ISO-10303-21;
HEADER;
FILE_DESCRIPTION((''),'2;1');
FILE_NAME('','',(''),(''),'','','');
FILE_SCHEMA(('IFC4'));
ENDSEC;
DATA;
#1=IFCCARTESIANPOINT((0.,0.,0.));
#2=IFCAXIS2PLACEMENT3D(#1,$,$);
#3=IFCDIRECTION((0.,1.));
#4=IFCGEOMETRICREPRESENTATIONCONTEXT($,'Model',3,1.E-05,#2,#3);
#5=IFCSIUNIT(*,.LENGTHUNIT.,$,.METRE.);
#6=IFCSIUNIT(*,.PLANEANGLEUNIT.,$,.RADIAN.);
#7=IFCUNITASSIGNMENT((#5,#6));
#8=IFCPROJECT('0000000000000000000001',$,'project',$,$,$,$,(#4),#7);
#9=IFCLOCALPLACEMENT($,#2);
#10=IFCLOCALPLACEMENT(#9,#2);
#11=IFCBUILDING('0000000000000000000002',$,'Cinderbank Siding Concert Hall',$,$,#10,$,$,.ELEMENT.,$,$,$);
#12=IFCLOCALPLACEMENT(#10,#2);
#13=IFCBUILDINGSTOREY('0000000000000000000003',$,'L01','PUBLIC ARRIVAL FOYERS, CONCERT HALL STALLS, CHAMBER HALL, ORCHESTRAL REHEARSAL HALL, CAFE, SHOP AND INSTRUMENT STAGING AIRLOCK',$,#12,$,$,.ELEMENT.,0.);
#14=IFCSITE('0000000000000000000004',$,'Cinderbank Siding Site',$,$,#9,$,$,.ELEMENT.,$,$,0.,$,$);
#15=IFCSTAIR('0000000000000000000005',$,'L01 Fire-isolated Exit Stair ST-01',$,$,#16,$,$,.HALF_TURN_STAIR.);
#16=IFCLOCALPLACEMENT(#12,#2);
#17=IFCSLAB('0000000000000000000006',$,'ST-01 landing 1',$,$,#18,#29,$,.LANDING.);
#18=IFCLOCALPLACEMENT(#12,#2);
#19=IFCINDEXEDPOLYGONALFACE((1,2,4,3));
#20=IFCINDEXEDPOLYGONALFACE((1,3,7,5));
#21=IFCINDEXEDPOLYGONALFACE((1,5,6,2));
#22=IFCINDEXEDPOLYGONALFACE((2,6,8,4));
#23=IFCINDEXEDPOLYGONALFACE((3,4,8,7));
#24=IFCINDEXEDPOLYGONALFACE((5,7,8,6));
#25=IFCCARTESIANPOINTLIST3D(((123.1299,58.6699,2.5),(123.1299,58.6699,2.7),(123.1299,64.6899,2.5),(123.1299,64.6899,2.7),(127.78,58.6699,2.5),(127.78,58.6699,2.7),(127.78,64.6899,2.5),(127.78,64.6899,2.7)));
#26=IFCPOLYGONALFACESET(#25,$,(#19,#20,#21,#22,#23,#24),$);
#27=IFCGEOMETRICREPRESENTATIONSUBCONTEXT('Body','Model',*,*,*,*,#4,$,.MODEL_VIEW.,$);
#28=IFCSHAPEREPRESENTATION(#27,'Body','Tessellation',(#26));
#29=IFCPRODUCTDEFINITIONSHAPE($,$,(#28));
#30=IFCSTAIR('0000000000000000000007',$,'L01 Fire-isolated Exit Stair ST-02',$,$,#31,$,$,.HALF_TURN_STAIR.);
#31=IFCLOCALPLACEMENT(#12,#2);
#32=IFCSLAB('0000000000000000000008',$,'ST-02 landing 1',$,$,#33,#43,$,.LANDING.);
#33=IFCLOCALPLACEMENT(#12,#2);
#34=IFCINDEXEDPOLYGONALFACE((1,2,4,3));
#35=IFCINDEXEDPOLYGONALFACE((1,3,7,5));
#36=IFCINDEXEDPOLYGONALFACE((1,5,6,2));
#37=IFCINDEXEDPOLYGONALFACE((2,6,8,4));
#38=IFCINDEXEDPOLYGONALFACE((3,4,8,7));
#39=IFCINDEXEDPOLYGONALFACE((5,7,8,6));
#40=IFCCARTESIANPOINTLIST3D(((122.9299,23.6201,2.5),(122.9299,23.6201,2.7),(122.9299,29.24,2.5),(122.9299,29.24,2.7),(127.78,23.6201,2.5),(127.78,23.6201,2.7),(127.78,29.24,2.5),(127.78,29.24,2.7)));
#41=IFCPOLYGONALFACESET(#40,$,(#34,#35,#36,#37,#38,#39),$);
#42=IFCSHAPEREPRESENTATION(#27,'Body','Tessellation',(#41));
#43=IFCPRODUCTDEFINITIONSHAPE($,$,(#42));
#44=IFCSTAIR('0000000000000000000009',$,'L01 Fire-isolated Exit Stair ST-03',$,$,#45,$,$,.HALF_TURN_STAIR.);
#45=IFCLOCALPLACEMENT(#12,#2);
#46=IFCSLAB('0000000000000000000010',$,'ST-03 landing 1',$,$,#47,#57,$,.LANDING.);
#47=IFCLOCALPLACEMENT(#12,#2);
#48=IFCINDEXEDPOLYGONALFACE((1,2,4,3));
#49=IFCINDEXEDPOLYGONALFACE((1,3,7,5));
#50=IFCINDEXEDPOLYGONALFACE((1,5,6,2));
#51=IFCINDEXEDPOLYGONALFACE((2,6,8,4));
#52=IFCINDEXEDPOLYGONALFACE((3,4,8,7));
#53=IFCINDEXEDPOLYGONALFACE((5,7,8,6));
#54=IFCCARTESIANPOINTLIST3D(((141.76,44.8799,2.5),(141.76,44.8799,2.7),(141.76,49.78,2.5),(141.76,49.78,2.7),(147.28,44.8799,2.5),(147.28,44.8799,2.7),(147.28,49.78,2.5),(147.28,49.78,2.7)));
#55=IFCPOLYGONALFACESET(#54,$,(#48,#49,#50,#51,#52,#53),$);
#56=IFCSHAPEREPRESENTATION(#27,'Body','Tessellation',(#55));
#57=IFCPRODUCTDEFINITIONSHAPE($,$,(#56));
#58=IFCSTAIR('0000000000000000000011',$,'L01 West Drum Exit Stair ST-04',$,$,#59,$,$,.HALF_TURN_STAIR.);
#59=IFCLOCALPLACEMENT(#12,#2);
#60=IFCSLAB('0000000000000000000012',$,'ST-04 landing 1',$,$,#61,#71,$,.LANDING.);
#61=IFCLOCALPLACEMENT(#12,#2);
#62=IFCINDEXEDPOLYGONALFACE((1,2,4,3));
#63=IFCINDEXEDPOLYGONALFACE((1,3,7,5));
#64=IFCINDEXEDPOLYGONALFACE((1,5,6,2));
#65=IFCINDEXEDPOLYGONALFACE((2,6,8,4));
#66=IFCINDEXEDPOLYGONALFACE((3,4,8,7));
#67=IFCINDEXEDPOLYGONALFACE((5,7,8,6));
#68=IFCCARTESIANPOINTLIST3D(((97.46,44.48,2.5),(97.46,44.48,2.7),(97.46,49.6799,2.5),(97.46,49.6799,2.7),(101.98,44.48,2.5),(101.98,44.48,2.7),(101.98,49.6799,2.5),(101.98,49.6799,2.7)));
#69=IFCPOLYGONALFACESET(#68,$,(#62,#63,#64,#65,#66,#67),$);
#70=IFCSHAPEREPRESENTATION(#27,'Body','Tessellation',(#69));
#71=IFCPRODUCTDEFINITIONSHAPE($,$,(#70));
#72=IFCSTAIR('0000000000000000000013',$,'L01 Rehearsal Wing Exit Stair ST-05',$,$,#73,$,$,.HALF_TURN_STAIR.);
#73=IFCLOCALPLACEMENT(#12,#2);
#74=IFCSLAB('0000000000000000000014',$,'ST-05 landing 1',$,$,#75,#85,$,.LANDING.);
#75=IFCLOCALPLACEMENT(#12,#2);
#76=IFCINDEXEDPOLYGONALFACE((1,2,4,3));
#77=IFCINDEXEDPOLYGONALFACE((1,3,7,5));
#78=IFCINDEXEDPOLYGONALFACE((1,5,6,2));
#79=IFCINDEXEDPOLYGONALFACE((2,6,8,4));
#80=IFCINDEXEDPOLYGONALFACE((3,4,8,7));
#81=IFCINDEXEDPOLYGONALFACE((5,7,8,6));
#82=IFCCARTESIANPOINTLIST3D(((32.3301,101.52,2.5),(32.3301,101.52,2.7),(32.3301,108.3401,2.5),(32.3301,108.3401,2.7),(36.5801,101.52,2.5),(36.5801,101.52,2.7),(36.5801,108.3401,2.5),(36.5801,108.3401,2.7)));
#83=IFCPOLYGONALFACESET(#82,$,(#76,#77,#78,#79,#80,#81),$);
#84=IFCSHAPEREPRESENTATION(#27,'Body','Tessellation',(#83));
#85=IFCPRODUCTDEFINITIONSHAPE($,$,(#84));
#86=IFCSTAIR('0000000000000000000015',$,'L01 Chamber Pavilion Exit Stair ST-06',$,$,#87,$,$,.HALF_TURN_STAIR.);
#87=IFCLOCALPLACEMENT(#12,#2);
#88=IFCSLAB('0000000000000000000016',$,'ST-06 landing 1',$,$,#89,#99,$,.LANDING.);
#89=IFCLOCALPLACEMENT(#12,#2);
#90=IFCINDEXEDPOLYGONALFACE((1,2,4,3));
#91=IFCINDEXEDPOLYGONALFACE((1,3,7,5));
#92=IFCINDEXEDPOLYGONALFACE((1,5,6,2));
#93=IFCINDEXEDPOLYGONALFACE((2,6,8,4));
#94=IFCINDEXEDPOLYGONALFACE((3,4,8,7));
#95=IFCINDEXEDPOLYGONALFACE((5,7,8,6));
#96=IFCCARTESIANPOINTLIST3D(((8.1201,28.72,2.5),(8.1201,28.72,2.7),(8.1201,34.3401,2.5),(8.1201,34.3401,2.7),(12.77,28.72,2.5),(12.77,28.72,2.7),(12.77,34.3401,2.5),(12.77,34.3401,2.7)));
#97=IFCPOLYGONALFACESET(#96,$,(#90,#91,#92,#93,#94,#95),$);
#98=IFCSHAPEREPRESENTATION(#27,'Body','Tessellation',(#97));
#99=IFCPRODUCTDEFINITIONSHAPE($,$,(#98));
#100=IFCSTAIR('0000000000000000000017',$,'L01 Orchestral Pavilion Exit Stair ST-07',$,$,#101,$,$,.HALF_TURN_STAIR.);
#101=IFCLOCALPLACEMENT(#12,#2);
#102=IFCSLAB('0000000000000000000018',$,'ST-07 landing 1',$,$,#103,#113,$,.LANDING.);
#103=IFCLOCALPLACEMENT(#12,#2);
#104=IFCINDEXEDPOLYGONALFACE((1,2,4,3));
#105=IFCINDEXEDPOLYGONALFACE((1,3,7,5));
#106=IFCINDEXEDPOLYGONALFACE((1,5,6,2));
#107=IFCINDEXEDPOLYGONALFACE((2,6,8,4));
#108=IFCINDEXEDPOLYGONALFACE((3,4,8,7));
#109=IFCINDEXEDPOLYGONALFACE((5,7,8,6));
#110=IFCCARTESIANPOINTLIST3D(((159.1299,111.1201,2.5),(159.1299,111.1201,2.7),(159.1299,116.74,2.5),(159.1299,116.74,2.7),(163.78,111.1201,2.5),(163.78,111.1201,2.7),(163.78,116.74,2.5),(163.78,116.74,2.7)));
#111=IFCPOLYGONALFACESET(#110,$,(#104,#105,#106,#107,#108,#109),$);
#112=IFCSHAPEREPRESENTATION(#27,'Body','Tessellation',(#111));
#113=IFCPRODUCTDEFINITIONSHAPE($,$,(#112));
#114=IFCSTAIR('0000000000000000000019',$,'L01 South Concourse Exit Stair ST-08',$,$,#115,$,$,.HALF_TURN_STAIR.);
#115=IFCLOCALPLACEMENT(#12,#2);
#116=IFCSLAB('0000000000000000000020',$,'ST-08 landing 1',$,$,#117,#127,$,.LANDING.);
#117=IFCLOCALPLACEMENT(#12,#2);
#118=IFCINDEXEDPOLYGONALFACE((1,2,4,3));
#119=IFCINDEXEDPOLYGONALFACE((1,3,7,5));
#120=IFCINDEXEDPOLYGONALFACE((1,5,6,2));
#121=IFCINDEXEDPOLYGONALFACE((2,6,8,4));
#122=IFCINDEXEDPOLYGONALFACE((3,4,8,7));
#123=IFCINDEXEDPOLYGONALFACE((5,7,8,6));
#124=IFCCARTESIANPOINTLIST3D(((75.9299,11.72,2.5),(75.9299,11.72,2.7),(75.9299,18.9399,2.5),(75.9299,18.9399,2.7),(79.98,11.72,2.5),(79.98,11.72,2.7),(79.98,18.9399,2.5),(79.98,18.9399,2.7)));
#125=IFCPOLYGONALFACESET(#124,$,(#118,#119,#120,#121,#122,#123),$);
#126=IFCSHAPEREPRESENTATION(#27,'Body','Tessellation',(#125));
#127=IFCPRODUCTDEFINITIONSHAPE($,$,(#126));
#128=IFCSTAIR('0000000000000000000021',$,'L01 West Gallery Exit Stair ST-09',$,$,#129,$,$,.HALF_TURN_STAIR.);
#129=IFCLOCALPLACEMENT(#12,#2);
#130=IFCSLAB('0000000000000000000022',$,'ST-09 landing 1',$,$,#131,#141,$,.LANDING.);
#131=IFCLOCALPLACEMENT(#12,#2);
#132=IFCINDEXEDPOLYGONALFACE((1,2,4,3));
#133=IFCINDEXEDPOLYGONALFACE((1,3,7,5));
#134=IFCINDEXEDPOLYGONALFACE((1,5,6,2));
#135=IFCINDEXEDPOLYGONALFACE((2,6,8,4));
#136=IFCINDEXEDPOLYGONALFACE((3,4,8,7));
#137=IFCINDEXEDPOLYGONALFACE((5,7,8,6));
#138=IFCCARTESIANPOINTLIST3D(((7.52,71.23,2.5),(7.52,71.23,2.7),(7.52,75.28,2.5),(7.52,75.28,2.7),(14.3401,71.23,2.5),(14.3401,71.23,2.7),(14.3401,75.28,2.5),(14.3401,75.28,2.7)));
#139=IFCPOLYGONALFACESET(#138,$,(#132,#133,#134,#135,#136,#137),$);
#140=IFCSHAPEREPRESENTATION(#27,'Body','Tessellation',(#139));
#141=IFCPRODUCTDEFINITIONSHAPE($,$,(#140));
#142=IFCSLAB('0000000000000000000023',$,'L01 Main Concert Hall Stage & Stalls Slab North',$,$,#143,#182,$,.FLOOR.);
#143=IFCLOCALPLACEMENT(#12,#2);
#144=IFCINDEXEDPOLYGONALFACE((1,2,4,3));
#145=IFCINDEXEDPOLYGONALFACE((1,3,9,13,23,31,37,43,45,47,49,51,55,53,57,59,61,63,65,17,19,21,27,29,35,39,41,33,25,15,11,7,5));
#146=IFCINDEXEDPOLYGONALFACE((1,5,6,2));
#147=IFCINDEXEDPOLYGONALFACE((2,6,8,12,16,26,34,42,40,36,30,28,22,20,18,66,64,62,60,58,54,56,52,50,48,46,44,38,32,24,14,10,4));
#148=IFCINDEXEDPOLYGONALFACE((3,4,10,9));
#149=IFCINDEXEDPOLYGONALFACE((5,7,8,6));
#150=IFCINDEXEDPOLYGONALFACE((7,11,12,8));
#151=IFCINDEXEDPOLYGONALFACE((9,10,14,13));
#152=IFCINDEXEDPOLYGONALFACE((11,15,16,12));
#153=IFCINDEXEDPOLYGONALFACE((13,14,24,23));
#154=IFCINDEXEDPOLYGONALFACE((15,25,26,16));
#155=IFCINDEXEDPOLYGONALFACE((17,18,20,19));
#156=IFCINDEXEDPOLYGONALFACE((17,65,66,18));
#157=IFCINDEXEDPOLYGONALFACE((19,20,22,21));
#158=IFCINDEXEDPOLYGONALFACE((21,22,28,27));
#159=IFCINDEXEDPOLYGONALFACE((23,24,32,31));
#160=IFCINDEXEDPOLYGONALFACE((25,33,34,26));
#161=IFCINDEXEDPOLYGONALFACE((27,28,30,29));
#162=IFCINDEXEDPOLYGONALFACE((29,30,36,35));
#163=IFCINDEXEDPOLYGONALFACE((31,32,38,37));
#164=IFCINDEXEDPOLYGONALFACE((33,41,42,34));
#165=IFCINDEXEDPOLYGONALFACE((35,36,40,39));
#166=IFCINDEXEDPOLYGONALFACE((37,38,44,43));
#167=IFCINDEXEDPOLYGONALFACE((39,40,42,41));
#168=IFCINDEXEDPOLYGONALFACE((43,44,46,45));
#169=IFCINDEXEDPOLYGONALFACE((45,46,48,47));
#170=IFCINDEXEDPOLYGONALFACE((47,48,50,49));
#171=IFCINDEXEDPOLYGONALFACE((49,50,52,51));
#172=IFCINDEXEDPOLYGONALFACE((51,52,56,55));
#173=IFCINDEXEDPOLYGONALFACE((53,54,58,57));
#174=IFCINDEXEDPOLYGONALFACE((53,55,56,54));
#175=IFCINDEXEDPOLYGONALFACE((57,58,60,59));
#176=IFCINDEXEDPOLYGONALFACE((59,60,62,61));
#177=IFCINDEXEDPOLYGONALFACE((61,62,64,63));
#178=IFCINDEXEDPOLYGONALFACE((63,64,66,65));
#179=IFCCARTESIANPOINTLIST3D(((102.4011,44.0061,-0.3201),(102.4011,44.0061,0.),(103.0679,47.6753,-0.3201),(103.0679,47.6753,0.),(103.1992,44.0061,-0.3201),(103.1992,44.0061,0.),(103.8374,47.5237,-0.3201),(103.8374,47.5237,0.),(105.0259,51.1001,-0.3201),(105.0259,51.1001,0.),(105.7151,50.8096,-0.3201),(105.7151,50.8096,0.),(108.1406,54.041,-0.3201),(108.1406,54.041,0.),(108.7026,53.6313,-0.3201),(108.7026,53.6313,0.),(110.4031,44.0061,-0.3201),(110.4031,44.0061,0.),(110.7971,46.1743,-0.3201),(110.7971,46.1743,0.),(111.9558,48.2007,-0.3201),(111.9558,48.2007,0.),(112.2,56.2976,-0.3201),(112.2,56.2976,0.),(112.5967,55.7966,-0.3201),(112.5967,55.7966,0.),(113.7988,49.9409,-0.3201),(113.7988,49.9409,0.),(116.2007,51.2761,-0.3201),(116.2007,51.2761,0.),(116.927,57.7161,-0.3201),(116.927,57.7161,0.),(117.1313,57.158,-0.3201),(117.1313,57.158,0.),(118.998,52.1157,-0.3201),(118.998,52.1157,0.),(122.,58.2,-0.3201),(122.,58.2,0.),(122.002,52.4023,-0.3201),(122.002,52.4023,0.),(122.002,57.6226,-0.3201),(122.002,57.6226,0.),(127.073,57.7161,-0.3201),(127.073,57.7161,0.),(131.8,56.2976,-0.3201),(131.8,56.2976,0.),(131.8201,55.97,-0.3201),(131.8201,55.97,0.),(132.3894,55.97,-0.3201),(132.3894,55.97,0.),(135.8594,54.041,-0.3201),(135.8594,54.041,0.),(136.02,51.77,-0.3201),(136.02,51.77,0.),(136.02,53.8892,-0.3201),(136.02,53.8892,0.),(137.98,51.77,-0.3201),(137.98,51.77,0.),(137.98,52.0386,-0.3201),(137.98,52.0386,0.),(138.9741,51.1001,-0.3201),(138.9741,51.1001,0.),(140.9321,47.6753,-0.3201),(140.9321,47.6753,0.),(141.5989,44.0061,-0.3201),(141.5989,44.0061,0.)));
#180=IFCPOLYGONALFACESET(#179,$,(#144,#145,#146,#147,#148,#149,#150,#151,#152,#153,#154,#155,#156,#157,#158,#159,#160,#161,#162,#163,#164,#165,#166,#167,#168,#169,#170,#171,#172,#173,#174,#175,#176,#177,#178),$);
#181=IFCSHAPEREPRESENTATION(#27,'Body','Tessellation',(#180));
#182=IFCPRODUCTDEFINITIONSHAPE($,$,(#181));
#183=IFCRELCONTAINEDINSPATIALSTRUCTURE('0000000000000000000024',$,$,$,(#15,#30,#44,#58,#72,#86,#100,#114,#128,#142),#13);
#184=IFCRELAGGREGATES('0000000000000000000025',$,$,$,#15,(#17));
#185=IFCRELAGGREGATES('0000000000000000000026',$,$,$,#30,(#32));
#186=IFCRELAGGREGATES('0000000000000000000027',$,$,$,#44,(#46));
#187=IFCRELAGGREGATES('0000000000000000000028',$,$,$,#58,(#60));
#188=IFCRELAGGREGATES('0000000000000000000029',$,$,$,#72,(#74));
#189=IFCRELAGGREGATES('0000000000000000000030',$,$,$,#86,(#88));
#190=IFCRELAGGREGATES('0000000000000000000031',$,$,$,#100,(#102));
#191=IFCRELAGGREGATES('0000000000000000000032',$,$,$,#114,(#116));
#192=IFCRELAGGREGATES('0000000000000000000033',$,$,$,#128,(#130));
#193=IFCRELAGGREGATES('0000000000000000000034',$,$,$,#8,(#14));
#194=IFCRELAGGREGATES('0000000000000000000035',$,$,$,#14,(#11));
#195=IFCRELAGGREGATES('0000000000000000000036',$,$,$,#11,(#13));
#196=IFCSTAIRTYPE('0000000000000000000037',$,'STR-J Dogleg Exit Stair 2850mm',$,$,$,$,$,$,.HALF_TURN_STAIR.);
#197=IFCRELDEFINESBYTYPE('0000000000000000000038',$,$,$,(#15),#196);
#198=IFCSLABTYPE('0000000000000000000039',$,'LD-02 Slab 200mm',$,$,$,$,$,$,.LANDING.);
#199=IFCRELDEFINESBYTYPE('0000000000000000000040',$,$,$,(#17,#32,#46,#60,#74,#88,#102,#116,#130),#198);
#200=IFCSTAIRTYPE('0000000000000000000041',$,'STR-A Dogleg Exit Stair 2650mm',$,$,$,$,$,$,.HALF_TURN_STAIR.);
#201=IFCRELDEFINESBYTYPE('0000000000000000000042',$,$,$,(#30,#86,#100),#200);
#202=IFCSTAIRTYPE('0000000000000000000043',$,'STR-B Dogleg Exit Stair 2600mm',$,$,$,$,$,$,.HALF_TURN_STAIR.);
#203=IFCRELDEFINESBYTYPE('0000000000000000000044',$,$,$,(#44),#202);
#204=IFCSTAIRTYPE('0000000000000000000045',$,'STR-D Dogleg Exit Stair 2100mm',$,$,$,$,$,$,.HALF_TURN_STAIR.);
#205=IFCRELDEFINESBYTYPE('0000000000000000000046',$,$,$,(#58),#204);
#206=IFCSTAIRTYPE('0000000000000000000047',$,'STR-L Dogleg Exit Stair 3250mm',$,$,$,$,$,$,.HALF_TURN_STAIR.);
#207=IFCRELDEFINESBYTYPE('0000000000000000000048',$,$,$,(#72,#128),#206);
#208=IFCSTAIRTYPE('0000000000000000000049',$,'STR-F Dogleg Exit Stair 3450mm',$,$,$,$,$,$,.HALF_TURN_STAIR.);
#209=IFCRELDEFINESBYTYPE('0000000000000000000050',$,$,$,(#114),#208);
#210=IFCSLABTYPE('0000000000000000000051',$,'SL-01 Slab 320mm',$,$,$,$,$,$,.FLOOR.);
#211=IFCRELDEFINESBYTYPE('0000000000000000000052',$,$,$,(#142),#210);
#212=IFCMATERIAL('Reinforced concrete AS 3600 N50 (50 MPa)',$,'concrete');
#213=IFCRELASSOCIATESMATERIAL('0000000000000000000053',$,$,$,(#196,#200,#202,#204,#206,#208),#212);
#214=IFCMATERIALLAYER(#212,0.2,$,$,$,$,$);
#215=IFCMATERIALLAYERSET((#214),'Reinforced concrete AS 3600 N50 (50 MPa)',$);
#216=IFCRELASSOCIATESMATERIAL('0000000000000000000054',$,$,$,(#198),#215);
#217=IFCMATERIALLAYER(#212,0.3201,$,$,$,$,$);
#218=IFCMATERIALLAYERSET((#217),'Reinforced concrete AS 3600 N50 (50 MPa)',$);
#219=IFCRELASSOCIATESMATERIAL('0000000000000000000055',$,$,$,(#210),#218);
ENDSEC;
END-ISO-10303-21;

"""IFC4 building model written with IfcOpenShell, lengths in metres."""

from ifc_helpers import new_model, si_unit, direction, frame, origin, place, context, subcontext, project, spatial, polyline, outline, extrude, material, layer, layer_set, type_object, element, aggregate, save


model = new_model("IFC4")

# Units and contexts
model_context = context("Model", 3, precision=1e-05, world=origin(), true_north=direction((0.0, 1.0)))
body_context = subcontext(model_context, "Body", "Model", "MODEL_VIEW")
ifc_project = project(units=[si_unit("LENGTHUNIT", "METRE"), si_unit("PLANEANGLEUNIT", "RADIAN")], contexts=[model_context])

# Site, building, storey
site_placement = place(None, origin())
site = spatial("IfcSite", under=ifc_project, at=site_placement, Name="Cinderbank Siding Site", CompositionType="ELEMENT", RefElevation=0.0)
building_placement = place(site_placement, origin())
building = spatial("IfcBuilding", under=site, at=building_placement, Name="Cinderbank Siding Concert Hall", CompositionType="ELEMENT")
storey_placement = place(building_placement, origin())
storey = spatial("IfcBuildingStorey", under=building, at=storey_placement, Name="L01", Description="PUBLIC ARRIVAL FOYERS, CONCERT HALL STALLS, CHAMBER HALL, ORCHESTRAL REHEARSAL HALL, CAFE, SHOP AND INSTRUMENT STAGING AIRLOCK", CompositionType="ELEMENT", Elevation=0.0)

# Stairs, slabs
ifc_material = material(Name="Reinforced concrete AS 3600 N50 (50 MPa)", Category="concrete")
stair_type_1 = type_object("IfcStairType", Name="STR-J Dogleg Exit Stair 2850mm", PredefinedType="HALF_TURN_STAIR", material=ifc_material)
stair_1_placement = place(storey_placement, origin())
stair_1 = element("IfcStair", 1, at=stair_1_placement, inside=storey, type_object=stair_type_1, Name="L01 Fire-isolated Exit Stair ST-01", PredefinedType="HALF_TURN_STAIR")
ifc_layer_1 = layer(ifc_material, 0.2)
ifc_layer_set_1 = layer_set([ifc_layer_1], Name="Reinforced concrete AS 3600 N50 (50 MPa)")
slab_type_1 = type_object("IfcSlabType", Name="LD-02 Slab 200mm", PredefinedType="LANDING", material=ifc_layer_set_1)
slab_1_placement = place(storey_placement, frame((0.0, 0.0, 2.5)))
slab_1 = element("IfcSlab", 2, at=slab_1_placement, type_object=slab_type_1, Name="ST-01 landing 1", PredefinedType="LANDING", context=body_context, shape_type="SweptSolid", body=[
    extrude(outline(polyline([(123.1299, 58.6699), (123.1299, 64.6899), (127.78, 64.6899), (127.78, 58.6699), (123.1299, 58.6699)])), origin(), (0.0, 0.0, 1.0), 0.2),
])
aggregate(stair_1, [slab_1])
stair_type_2 = type_object("IfcStairType", Name="STR-A Dogleg Exit Stair 2650mm", PredefinedType="HALF_TURN_STAIR", material=ifc_material)
stair_2_placement = place(storey_placement, origin())
stair_2 = element("IfcStair", 3, at=stair_2_placement, inside=storey, type_object=stair_type_2, Name="L01 Fire-isolated Exit Stair ST-02", PredefinedType="HALF_TURN_STAIR")
slab_2_placement = place(storey_placement, frame((0.0, 0.0, 2.5)))
slab_2 = element("IfcSlab", 4, at=slab_2_placement, type_object=slab_type_1, Name="ST-02 landing 1", PredefinedType="LANDING", context=body_context, shape_type="SweptSolid", body=[
    extrude(outline(polyline([(122.9299, 23.6201), (122.9299, 29.24), (127.78, 29.24), (127.78, 23.6201), (122.9299, 23.6201)])), origin(), (0.0, 0.0, 1.0), 0.2),
])
aggregate(stair_2, [slab_2])
stair_type_3 = type_object("IfcStairType", Name="STR-B Dogleg Exit Stair 2600mm", PredefinedType="HALF_TURN_STAIR", material=ifc_material)
stair_3_placement = place(storey_placement, origin())
stair_3 = element("IfcStair", 5, at=stair_3_placement, inside=storey, type_object=stair_type_3, Name="L01 Fire-isolated Exit Stair ST-03", PredefinedType="HALF_TURN_STAIR")
slab_3_placement = place(storey_placement, frame((0.0, 0.0, 2.5)))
slab_3 = element("IfcSlab", 6, at=slab_3_placement, type_object=slab_type_1, Name="ST-03 landing 1", PredefinedType="LANDING", context=body_context, shape_type="SweptSolid", body=[
    extrude(outline(polyline([(147.28, 44.8799), (141.76, 44.8799), (141.76, 49.78), (147.28, 49.78), (147.28, 44.8799)])), origin(), (0.0, 0.0, 1.0), 0.2),
])
aggregate(stair_3, [slab_3])
stair_type_4 = type_object("IfcStairType", Name="STR-D Dogleg Exit Stair 2100mm", PredefinedType="HALF_TURN_STAIR", material=ifc_material)
stair_4_placement = place(storey_placement, origin())
stair_4 = element("IfcStair", 7, at=stair_4_placement, inside=storey, type_object=stair_type_4, Name="L01 West Drum Exit Stair ST-04", PredefinedType="HALF_TURN_STAIR")
slab_4_placement = place(storey_placement, frame((0.0, 0.0, 2.5)))
slab_4 = element("IfcSlab", 8, at=slab_4_placement, type_object=slab_type_1, Name="ST-04 landing 1", PredefinedType="LANDING", context=body_context, shape_type="SweptSolid", body=[
    extrude(outline(polyline([(101.98, 44.48), (97.46, 44.48), (97.46, 49.6799), (101.98, 49.6799), (101.98, 44.48)])), origin(), (0.0, 0.0, 1.0), 0.2),
])
aggregate(stair_4, [slab_4])
stair_type_5 = type_object("IfcStairType", Name="STR-L Dogleg Exit Stair 3250mm", PredefinedType="HALF_TURN_STAIR", material=ifc_material)
stair_5_placement = place(storey_placement, origin())
stair_5 = element("IfcStair", 9, at=stair_5_placement, inside=storey, type_object=stair_type_5, Name="L01 Rehearsal Wing Exit Stair ST-05", PredefinedType="HALF_TURN_STAIR")
slab_5_placement = place(storey_placement, frame((0.0, 0.0, 2.5)))
slab_5 = element("IfcSlab", 10, at=slab_5_placement, type_object=slab_type_1, Name="ST-05 landing 1", PredefinedType="LANDING", context=body_context, shape_type="SweptSolid", body=[
    extrude(outline(polyline([(32.3301, 101.52), (32.3301, 108.3401), (36.5801, 108.3401), (36.5801, 101.52), (32.3301, 101.52)])), origin(), (0.0, 0.0, 1.0), 0.2),
])
aggregate(stair_5, [slab_5])
stair_6_placement = place(storey_placement, origin())
stair_6 = element("IfcStair", 11, at=stair_6_placement, inside=storey, type_object=stair_type_2, Name="L01 Chamber Pavilion Exit Stair ST-06", PredefinedType="HALF_TURN_STAIR")
slab_6_placement = place(storey_placement, frame((0.0, 0.0, 2.5)))
slab_6 = element("IfcSlab", 12, at=slab_6_placement, type_object=slab_type_1, Name="ST-06 landing 1", PredefinedType="LANDING", context=body_context, shape_type="SweptSolid", body=[
    extrude(outline(polyline([(12.77, 34.3401), (12.77, 28.72), (8.1201, 28.72), (8.1201, 34.3401), (12.77, 34.3401)])), origin(), (0.0, 0.0, 1.0), 0.2),
])
aggregate(stair_6, [slab_6])
stair_7_placement = place(storey_placement, origin())
stair_7 = element("IfcStair", 13, at=stair_7_placement, inside=storey, type_object=stair_type_2, Name="L01 Orchestral Pavilion Exit Stair ST-07", PredefinedType="HALF_TURN_STAIR")
slab_7_placement = place(storey_placement, frame((0.0, 0.0, 2.5)))
slab_7 = element("IfcSlab", 14, at=slab_7_placement, type_object=slab_type_1, Name="ST-07 landing 1", PredefinedType="LANDING", context=body_context, shape_type="SweptSolid", body=[
    extrude(outline(polyline([(159.1299, 111.1201), (159.1299, 116.74), (163.78, 116.74), (163.78, 111.1201), (159.1299, 111.1201)])), origin(), (0.0, 0.0, 1.0), 0.2),
])
aggregate(stair_7, [slab_7])
stair_type_6 = type_object("IfcStairType", Name="STR-F Dogleg Exit Stair 3450mm", PredefinedType="HALF_TURN_STAIR", material=ifc_material)
stair_8_placement = place(storey_placement, origin())
stair_8 = element("IfcStair", 15, at=stair_8_placement, inside=storey, type_object=stair_type_6, Name="L01 South Concourse Exit Stair ST-08", PredefinedType="HALF_TURN_STAIR")
slab_8_placement = place(storey_placement, frame((0.0, 0.0, 2.5)))
slab_8 = element("IfcSlab", 16, at=slab_8_placement, type_object=slab_type_1, Name="ST-08 landing 1", PredefinedType="LANDING", context=body_context, shape_type="SweptSolid", body=[
    extrude(outline(polyline([(75.9299, 11.72), (75.9299, 18.9399), (79.98, 18.9399), (79.98, 11.72), (75.9299, 11.72)])), origin(), (0.0, 0.0, 1.0), 0.2),
])
aggregate(stair_8, [slab_8])
stair_9_placement = place(storey_placement, origin())
stair_9 = element("IfcStair", 17, at=stair_9_placement, inside=storey, type_object=stair_type_5, Name="L01 West Gallery Exit Stair ST-09", PredefinedType="HALF_TURN_STAIR")
slab_9_placement = place(storey_placement, frame((0.0, 0.0, 2.5)))
slab_9 = element("IfcSlab", 18, at=slab_9_placement, type_object=slab_type_1, Name="ST-09 landing 1", PredefinedType="LANDING", context=body_context, shape_type="SweptSolid", body=[
    extrude(outline(polyline([(14.3401, 71.23), (7.52, 71.23), (7.52, 75.28), (14.3401, 75.28), (14.3401, 71.23)])), origin(), (0.0, 0.0, 1.0), 0.2),
])
aggregate(stair_9, [slab_9])

# Slab
ifc_layer_2 = layer(ifc_material, 0.3201)
ifc_layer_set_2 = layer_set([ifc_layer_2], Name="Reinforced concrete AS 3600 N50 (50 MPa)")
slab_type_2 = type_object("IfcSlabType", Name="SL-01 Slab 320mm", PredefinedType="FLOOR", material=ifc_layer_set_2)
slab_10_placement = place(storey_placement, frame((0.0, 0.0, -0.3201)))
element("IfcSlab", 19, at=slab_10_placement, inside=storey, type_object=slab_type_2, Name="L01 Main Concert Hall Stage & Stalls Slab North", PredefinedType="FLOOR", context=body_context, shape_type="SweptSolid", body=[
    extrude(outline(polyline([(108.1406, 54.041), (112.2, 56.2976), (116.927, 57.7161), (122.0, 58.2), (127.073, 57.7161), (131.8, 56.2976), (131.8201, 55.97), (132.3894, 55.97), (135.8594, 54.041), (136.02, 53.8892), (136.02, 51.77), (137.98, 51.77), (137.98, 52.0386), (138.9741, 51.1001), (140.9321, 47.6753), (141.5989, 44.0061), (110.4031, 44.0061), (110.7971, 46.1743), (111.9558, 48.2007), (113.7988, 49.9409), (116.2007, 51.2761), (118.998, 52.1157), (122.002, 52.4023), (122.002, 57.6226), (117.1313, 57.158), (112.5967, 55.7966), (108.7026, 53.6313), (105.7151, 50.8096), (103.8374, 47.5237), (103.1992, 44.0061), (102.4011, 44.0061), (103.0679, 47.6753), (105.0259, 51.1001), (108.1406, 54.041)])), origin(), (0.0, 0.0, 1.0), 0.3201),
])

save(model, "model.ifc")
